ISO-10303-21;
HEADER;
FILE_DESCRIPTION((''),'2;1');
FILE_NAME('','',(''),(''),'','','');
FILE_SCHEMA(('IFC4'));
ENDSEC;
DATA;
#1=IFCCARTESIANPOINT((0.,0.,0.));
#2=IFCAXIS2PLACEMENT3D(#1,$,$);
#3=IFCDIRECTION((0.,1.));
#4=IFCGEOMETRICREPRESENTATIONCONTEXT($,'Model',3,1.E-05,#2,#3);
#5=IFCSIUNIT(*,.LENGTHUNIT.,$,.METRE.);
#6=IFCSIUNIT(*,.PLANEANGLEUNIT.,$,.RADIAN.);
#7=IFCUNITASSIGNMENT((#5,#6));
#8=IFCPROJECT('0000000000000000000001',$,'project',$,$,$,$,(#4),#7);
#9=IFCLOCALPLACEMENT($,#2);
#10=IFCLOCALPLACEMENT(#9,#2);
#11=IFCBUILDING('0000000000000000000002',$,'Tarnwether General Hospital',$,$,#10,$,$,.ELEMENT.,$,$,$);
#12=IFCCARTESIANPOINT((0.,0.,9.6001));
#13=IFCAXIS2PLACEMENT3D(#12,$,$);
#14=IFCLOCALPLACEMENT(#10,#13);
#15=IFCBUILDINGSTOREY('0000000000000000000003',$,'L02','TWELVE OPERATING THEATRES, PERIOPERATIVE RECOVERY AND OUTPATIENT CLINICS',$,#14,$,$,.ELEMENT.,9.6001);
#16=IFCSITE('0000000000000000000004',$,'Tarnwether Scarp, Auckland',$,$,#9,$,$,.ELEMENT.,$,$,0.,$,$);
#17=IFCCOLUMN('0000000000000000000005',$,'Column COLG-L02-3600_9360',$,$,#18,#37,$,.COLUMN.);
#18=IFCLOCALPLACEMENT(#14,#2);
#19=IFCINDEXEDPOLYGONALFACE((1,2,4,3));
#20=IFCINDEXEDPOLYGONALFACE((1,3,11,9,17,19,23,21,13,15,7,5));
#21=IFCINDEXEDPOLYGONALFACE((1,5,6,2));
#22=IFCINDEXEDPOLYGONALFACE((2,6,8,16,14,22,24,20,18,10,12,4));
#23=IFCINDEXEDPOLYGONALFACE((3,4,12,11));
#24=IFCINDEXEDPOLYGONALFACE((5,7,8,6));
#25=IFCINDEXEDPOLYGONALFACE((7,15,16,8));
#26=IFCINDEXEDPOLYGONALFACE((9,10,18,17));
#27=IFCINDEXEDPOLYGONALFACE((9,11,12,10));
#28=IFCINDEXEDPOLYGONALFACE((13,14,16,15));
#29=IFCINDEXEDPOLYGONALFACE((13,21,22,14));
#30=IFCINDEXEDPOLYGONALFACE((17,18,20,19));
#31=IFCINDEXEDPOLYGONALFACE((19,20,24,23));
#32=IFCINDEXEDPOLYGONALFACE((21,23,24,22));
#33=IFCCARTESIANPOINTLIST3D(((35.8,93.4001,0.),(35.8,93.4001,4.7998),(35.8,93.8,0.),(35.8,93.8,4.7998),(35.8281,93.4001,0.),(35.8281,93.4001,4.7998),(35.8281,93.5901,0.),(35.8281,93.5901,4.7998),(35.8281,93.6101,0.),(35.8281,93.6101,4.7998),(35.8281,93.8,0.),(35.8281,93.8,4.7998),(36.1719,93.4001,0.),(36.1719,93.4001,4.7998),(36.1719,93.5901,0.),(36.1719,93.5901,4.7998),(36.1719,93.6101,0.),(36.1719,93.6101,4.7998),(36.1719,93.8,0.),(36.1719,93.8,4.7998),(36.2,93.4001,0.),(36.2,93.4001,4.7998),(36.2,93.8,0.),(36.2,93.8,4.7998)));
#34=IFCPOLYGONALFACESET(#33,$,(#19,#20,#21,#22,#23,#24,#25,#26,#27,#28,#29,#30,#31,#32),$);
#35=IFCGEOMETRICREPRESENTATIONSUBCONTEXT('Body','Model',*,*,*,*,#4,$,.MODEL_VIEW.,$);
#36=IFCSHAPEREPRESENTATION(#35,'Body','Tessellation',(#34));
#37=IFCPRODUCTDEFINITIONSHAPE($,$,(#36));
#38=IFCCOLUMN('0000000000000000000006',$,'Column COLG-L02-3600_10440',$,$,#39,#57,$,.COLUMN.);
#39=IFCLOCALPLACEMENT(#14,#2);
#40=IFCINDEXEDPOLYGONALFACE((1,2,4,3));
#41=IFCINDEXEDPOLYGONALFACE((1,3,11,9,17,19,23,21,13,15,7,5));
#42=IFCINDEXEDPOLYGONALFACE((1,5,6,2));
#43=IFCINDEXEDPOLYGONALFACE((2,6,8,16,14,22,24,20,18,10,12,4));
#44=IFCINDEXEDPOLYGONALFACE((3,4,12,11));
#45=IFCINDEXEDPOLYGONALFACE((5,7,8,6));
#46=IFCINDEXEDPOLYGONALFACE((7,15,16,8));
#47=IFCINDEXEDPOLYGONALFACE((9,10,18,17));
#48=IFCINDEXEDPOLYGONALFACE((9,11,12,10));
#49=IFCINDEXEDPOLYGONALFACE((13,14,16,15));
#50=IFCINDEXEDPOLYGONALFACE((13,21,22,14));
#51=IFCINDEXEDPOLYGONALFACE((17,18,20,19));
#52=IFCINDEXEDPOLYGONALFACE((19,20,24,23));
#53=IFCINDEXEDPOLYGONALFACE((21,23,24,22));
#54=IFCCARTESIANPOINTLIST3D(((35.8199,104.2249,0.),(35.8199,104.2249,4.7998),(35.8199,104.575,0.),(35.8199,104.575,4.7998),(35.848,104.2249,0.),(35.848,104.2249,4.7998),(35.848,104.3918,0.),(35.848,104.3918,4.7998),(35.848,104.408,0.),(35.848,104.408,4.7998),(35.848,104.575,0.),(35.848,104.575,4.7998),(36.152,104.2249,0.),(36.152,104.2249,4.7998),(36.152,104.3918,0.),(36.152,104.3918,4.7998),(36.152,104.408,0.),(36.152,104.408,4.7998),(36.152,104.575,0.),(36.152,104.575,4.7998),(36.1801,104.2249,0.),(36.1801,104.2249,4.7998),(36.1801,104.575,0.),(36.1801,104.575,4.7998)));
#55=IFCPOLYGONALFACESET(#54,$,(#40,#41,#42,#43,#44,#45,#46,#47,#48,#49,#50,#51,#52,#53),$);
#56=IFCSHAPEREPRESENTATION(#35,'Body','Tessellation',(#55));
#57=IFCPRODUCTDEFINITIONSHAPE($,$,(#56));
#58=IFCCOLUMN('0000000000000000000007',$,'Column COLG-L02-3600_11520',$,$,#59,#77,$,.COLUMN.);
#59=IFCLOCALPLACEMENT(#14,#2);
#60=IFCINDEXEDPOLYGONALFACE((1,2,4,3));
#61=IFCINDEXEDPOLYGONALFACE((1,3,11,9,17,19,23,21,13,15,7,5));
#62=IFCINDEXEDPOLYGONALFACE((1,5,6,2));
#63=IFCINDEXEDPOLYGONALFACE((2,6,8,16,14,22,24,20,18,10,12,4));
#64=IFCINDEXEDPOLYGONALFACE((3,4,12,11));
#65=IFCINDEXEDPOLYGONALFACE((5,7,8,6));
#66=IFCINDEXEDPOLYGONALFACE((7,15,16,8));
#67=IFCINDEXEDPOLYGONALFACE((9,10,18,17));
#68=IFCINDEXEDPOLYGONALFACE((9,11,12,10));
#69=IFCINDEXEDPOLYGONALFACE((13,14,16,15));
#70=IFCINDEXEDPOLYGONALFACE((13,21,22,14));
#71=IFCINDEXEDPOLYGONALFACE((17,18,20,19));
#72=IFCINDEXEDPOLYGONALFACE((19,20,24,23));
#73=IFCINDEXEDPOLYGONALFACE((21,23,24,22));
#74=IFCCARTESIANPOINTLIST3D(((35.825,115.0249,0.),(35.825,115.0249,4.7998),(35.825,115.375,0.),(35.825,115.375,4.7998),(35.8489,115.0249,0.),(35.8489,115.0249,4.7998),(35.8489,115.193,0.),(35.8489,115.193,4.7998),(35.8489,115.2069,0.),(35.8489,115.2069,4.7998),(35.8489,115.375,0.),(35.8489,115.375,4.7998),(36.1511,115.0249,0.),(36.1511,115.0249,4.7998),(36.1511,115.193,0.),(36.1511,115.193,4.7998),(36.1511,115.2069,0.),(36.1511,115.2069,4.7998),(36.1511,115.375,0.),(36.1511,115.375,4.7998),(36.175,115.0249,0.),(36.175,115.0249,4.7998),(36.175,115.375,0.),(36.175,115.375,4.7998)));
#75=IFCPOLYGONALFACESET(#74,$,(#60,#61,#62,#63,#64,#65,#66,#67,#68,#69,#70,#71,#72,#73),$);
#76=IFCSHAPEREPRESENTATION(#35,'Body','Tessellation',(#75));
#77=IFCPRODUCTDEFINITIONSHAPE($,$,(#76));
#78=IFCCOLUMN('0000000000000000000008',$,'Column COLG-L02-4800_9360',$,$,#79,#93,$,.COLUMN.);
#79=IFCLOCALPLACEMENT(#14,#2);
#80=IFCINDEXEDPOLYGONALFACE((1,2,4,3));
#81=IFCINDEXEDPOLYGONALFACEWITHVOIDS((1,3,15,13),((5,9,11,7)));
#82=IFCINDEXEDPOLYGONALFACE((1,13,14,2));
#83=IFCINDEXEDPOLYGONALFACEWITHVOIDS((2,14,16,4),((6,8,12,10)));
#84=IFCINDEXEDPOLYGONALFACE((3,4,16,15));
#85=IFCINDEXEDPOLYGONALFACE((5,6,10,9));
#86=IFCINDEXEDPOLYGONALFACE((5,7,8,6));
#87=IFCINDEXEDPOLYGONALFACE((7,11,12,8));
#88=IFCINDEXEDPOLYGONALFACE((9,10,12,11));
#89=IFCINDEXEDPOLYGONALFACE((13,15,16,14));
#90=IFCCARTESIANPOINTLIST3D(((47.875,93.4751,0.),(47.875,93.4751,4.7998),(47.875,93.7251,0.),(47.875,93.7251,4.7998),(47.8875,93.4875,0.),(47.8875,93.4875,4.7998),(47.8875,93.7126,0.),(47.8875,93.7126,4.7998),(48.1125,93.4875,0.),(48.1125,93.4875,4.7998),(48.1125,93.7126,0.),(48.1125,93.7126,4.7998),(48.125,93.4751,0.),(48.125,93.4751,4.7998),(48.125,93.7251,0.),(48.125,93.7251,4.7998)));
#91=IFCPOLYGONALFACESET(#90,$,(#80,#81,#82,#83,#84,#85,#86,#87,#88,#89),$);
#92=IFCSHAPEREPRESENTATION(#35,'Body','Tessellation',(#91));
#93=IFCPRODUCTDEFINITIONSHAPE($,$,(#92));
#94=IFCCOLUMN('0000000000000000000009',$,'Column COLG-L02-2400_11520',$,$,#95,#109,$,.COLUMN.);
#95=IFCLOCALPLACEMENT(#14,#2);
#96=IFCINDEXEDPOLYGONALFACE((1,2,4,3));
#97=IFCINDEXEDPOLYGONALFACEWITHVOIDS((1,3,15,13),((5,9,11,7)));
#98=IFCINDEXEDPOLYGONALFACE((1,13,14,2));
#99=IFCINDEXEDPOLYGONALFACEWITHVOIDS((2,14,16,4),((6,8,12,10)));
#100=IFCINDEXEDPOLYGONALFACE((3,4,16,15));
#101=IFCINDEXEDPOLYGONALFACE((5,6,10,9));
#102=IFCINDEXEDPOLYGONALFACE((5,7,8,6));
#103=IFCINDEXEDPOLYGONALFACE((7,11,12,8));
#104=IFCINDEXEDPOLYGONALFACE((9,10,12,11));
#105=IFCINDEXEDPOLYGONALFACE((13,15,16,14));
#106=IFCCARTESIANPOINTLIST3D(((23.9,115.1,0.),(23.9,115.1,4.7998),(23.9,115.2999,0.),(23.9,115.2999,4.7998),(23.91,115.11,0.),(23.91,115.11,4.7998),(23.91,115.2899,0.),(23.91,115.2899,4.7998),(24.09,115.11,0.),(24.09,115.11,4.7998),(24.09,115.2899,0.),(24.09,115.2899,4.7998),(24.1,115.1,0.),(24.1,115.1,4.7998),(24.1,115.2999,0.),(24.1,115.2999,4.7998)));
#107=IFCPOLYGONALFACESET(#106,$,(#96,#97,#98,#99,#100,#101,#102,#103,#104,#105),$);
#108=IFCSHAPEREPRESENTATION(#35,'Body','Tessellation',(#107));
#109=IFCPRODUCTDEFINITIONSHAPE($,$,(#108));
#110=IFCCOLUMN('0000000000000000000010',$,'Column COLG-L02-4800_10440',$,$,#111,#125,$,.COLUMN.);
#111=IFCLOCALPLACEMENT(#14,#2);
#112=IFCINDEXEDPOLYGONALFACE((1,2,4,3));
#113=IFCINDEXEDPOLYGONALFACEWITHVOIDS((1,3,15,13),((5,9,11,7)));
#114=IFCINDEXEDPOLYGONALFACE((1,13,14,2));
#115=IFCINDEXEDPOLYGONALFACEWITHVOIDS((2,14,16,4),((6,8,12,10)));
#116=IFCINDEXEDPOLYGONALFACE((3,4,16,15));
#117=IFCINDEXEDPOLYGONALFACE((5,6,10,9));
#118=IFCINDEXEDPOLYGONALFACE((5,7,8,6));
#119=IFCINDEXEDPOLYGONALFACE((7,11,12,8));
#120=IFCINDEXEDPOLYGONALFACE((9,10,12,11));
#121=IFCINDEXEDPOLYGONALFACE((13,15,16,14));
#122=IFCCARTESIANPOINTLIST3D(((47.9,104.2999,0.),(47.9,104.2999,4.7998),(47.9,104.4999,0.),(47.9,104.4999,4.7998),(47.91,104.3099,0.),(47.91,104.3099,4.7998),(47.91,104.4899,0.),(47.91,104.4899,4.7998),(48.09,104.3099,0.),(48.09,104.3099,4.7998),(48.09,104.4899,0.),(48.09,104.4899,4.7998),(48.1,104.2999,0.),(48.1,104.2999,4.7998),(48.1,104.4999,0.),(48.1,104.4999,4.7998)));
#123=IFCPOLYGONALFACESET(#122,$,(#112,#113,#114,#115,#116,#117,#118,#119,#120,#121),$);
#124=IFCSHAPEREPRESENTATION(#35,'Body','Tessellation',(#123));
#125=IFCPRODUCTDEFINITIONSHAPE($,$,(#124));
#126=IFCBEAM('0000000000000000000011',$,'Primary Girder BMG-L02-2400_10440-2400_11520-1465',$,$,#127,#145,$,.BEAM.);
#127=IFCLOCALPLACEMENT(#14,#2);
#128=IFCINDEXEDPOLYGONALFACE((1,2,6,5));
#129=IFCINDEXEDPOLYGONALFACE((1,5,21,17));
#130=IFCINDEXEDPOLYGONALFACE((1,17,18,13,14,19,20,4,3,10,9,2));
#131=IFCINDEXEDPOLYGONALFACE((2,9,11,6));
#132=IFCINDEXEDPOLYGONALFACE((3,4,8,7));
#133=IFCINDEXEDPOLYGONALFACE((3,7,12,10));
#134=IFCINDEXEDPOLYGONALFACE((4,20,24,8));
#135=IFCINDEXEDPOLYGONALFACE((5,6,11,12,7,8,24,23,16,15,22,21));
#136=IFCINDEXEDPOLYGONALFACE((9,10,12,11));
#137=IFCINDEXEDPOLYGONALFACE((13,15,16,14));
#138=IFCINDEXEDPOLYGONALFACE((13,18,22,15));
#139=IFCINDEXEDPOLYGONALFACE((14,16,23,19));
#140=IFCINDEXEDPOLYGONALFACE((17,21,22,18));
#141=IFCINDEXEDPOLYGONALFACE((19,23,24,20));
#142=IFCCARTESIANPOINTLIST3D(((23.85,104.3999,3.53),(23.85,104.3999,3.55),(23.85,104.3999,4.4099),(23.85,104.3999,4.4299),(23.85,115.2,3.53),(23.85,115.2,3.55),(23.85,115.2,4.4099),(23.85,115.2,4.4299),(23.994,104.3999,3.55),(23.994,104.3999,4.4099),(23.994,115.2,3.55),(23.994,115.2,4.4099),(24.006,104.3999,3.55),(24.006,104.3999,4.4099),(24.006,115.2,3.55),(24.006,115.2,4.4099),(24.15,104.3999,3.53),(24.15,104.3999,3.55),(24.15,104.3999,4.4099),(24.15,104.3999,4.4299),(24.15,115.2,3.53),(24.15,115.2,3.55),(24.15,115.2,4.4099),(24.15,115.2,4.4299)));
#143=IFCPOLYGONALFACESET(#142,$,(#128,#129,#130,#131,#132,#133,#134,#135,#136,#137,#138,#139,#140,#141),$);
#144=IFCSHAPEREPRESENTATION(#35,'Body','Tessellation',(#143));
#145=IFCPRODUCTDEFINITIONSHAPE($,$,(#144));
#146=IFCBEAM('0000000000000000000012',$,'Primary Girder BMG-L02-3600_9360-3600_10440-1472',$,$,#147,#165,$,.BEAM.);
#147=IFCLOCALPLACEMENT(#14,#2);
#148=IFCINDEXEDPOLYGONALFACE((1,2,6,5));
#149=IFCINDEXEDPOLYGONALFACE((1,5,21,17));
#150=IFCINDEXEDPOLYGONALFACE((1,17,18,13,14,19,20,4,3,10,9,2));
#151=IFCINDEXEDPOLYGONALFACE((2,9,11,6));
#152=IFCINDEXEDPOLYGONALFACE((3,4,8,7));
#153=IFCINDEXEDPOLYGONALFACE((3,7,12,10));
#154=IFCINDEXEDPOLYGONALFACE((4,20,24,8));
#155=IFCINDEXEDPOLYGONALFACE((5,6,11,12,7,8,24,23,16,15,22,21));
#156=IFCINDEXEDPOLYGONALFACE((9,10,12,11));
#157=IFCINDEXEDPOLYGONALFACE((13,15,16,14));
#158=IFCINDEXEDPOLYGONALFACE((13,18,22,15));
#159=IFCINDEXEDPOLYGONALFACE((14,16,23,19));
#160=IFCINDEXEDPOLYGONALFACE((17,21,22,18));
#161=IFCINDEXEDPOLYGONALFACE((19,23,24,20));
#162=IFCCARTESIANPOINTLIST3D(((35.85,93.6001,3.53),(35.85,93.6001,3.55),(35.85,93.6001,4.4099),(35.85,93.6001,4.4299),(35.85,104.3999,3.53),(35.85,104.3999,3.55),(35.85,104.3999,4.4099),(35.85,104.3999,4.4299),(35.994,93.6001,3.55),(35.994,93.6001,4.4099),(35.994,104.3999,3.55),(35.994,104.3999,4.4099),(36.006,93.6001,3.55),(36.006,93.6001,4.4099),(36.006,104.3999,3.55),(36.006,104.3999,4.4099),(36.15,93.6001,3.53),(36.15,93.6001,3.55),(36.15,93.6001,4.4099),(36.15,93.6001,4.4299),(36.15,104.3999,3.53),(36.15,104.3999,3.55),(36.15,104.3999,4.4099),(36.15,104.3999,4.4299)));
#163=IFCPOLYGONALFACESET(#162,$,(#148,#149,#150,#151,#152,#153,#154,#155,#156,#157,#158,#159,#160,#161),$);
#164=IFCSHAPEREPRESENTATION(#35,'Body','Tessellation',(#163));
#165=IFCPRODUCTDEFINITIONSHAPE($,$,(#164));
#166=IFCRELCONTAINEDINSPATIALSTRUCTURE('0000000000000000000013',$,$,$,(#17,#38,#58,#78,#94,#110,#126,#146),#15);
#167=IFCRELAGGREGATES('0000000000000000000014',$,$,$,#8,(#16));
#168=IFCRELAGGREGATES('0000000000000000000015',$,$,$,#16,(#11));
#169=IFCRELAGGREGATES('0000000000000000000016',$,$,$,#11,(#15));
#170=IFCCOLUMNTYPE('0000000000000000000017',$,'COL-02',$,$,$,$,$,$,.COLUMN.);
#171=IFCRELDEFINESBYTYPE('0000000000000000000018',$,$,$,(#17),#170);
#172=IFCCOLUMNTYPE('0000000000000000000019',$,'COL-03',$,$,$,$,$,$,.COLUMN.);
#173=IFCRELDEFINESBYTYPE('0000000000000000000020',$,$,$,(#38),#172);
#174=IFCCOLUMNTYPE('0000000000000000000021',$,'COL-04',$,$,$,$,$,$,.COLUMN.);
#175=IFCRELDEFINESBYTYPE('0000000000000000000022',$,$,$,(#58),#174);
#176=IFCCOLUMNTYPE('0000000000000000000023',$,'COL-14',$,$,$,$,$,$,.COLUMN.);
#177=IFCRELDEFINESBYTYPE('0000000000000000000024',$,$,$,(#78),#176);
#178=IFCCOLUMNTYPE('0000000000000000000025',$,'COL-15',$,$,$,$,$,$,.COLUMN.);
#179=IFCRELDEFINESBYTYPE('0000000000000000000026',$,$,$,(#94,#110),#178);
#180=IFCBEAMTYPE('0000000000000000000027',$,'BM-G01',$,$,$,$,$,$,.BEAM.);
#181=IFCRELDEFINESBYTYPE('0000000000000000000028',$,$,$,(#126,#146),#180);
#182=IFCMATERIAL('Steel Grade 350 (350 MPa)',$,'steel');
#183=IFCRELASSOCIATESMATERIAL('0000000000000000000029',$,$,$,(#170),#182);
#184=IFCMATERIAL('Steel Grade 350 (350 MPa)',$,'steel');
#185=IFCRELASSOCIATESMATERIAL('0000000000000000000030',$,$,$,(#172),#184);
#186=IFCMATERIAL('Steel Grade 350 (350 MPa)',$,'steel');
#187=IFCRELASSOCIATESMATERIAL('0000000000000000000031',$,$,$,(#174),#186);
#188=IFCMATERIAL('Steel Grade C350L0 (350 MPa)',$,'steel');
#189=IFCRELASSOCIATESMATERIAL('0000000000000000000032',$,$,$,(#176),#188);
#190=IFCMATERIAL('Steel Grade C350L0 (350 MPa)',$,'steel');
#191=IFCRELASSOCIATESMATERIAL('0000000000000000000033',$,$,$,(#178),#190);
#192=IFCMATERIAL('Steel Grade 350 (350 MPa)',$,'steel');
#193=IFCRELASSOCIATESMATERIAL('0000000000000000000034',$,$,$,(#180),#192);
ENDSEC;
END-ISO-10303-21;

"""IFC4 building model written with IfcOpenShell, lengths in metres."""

from ifc_helpers import new_model, si_unit, direction, frame, origin, origin_2d, place, context, subcontext, project, spatial, hollow_rectangle, i_section, extrude, material, material_profile, profile_set, type_object, element, save


model = new_model("IFC4")

# Units and contexts
model_context = context("Model", 3, precision=1e-05, world=origin(), true_north=direction((0.0, 1.0)))
body_context = subcontext(model_context, "Body", "Model", "MODEL_VIEW")
ifc_project = project(units=[si_unit("LENGTHUNIT", "METRE"), si_unit("PLANEANGLEUNIT", "RADIAN")], contexts=[model_context])

# Site, building, storey
site_placement = place(None, origin())
site = spatial("IfcSite", under=ifc_project, at=site_placement, Name="Tarnwether Scarp, Auckland", CompositionType="ELEMENT", RefElevation=0.0)
building_placement = place(site_placement, origin())
building = spatial("IfcBuilding", under=site, at=building_placement, Name="Tarnwether General Hospital", CompositionType="ELEMENT")
storey_placement = place(building_placement, frame((0.0, 0.0, 9.6001)))
storey = spatial("IfcBuildingStorey", under=building, at=storey_placement, Name="L02", Description="TWELVE OPERATING THEATRES, PERIOPERATIVE RECOVERY AND OUTPATIENT CLINICS", CompositionType="ELEMENT", Elevation=9.6001)

# Columns
ifc_material_1 = material(Name="Steel Grade 350 (350 MPa)", Category="steel")
ifc_material_profile_1 = material_profile(ifc_material_1, i_section(OverallWidth=0.3999, OverallDepth=0.3999, WebThickness=0.02, FlangeThickness=0.0281, at=origin_2d()), Name="400WC270")
ifc_profile_set_1 = profile_set([ifc_material_profile_1], Name="Steel Grade 350 (350 MPa)")
column_type_1 = type_object("IfcColumnType", Name="COL-02", PredefinedType="COLUMN", material=ifc_profile_set_1)
column_1_placement = place(storey_placement, frame((36.0, 93.6001, 0.0), z_axis=(0.0, 0.0, 1.0), x_axis=(0.0, 1.0, 0.0)))
element("IfcColumn", 1, at=column_1_placement, inside=storey, type_object=column_type_1, Name="Column COLG-L02-3600_9360", PredefinedType="COLUMN", context=body_context, shape_type="SweptSolid", body=[
    extrude(i_section(OverallWidth=0.3999, OverallDepth=0.3999, WebThickness=0.02, FlangeThickness=0.0281, at=origin_2d()), origin(), (0.0, 0.0, 1.0), 4.7998),
])
ifc_material_2 = material(Name="Steel Grade 350 (350 MPa)", Category="steel")
ifc_material_profile_2 = material_profile(ifc_material_2, i_section(OverallWidth=0.3501, OverallDepth=0.3601, WebThickness=0.0161, FlangeThickness=0.0281, at=origin_2d()), Name="350WC230")
ifc_profile_set_2 = profile_set([ifc_material_profile_2], Name="Steel Grade 350 (350 MPa)")
column_type_2 = type_object("IfcColumnType", Name="COL-03", PredefinedType="COLUMN", material=ifc_profile_set_2)
column_2_placement = place(storey_placement, frame((36.0, 104.3999, 0.0), z_axis=(0.0, 0.0, 1.0), x_axis=(0.0, 1.0, 0.0)))
element("IfcColumn", 2, at=column_2_placement, inside=storey, type_object=column_type_2, Name="Column COLG-L02-3600_10440", PredefinedType="COLUMN", context=body_context, shape_type="SweptSolid", body=[
    extrude(i_section(OverallWidth=0.3501, OverallDepth=0.3601, WebThickness=0.0161, FlangeThickness=0.0281, at=origin_2d()), origin(), (0.0, 0.0, 1.0), 4.7998),
])
ifc_material_3 = material(Name="Steel Grade 350 (350 MPa)", Category="steel")
ifc_material_profile_3 = material_profile(ifc_material_3, i_section(OverallWidth=0.3501, OverallDepth=0.3501, WebThickness=0.0139, FlangeThickness=0.0239, at=origin_2d()), Name="350WC197")
ifc_profile_set_3 = profile_set([ifc_material_profile_3], Name="Steel Grade 350 (350 MPa)")
column_type_3 = type_object("IfcColumnType", Name="COL-04", PredefinedType="COLUMN", material=ifc_profile_set_3)
column_3_placement = place(storey_placement, frame((36.0, 115.2, 0.0), z_axis=(0.0, 0.0, 1.0), x_axis=(0.0, 1.0, 0.0)))
element("IfcColumn", 3, at=column_3_placement, inside=storey, type_object=column_type_3, Name="Column COLG-L02-3600_11520", PredefinedType="COLUMN", context=body_context, shape_type="SweptSolid", body=[
    extrude(i_section(OverallWidth=0.3501, OverallDepth=0.3501, WebThickness=0.0139, FlangeThickness=0.0239, at=origin_2d()), origin(), (0.0, 0.0, 1.0), 4.7998),
])
ifc_material_4 = material(Name="Steel Grade C350L0 (350 MPa)", Category="steel")
ifc_material_profile_4 = material_profile(ifc_material_4, hollow_rectangle(XDim=0.25, YDim=0.25, WallThickness=0.0125, at=origin_2d()), Name="SHS250x250x12.5")
ifc_profile_set_4 = profile_set([ifc_material_profile_4], Name="Steel Grade C350L0 (350 MPa)")
column_type_4 = type_object("IfcColumnType", Name="COL-14", PredefinedType="COLUMN", material=ifc_profile_set_4)
column_4_placement = place(storey_placement, frame((48.0, 93.6001, 0.0), z_axis=(0.0, 0.0, 1.0), x_axis=(1.0, 0.0, 0.0)))
element("IfcColumn", 4, at=column_4_placement, inside=storey, type_object=column_type_4, Name="Column COLG-L02-4800_9360", PredefinedType="COLUMN", context=body_context, shape_type="SweptSolid", body=[
    extrude(hollow_rectangle(XDim=0.25, YDim=0.25, WallThickness=0.0125, at=origin_2d()), origin(), (0.0, 0.0, 1.0), 4.7998),
])
ifc_material_5 = material(Name="Steel Grade C350L0 (350 MPa)", Category="steel")
ifc_material_profile_5 = material_profile(ifc_material_5, hollow_rectangle(XDim=0.2, YDim=0.2, WallThickness=0.01, at=origin_2d()), Name="SHS200x200x10")
ifc_profile_set_5 = profile_set([ifc_material_profile_5], Name="Steel Grade C350L0 (350 MPa)")
column_type_5 = type_object("IfcColumnType", Name="COL-15", PredefinedType="COLUMN", material=ifc_profile_set_5)
for number, where, z_axis, x_axis, name in (
    (5, (24.0, 115.2, 0.0), (0.0, 0.0, 1.0), (1.0, 0.0, 0.0), "Column COLG-L02-2400_11520"),
    (6, (48.0, 104.3999, 0.0), (0.0, 0.0, 1.0), (1.0, 0.0, 0.0), "Column COLG-L02-4800_10440"),
):
    element("IfcColumn", number, at=place(storey_placement, frame(where, z_axis=z_axis, x_axis=x_axis)), inside=storey, type_object=column_type_5, Name=name, PredefinedType="COLUMN", context=body_context, shape_type="SweptSolid", body=[
        extrude(hollow_rectangle(XDim=0.2, YDim=0.2, WallThickness=0.01, at=origin_2d()), origin(), (0.0, 0.0, 1.0), 4.7998),
    ])

# Beams
ifc_material_6 = material(Name="Steel Grade 350 (350 MPa)", Category="steel")
ifc_material_profile_6 = material_profile(ifc_material_6, i_section(OverallWidth=0.3, OverallDepth=0.8999, WebThickness=0.012, FlangeThickness=0.02, at=origin_2d()), Name="900WB175")
ifc_profile_set_6 = profile_set([ifc_material_profile_6], Name="Steel Grade 350 (350 MPa)")
beam_type_1 = type_object("IfcBeamType", Name="BM-G01", PredefinedType="BEAM", material=ifc_profile_set_6)
beam_1_placement = place(storey_placement, frame((24.0, 104.3999, 3.98), z_axis=(0.0, 1.0, 0.0), x_axis=(-1.0, 0.0, 0.0)))
element("IfcBeam", 7, at=beam_1_placement, inside=storey, type_object=beam_type_1, Name="Primary Girder BMG-L02-2400_10440-2400_11520-1465", PredefinedType="BEAM", context=body_context, shape_type="SweptSolid", body=[
    extrude(i_section(OverallWidth=0.3, OverallDepth=0.8999, WebThickness=0.012, FlangeThickness=0.02, at=origin_2d()), origin(), (0.0, 0.0, 1.0), 10.8),
])
beam_2_placement = place(storey_placement, frame((36.0, 93.6001, 3.98), z_axis=(0.0, 1.0, 0.0), x_axis=(-1.0, 0.0, 0.0)))
element("IfcBeam", 8, at=beam_2_placement, inside=storey, type_object=beam_type_1, Name="Primary Girder BMG-L02-3600_9360-3600_10440-1472", PredefinedType="BEAM", context=body_context, shape_type="SweptSolid", body=[
    extrude(i_section(OverallWidth=0.3, OverallDepth=0.8999, WebThickness=0.012, FlangeThickness=0.02, at=origin_2d()), origin(), (0.0, 0.0, 1.0), 10.7998),
])

save(model, "model.ifc")
